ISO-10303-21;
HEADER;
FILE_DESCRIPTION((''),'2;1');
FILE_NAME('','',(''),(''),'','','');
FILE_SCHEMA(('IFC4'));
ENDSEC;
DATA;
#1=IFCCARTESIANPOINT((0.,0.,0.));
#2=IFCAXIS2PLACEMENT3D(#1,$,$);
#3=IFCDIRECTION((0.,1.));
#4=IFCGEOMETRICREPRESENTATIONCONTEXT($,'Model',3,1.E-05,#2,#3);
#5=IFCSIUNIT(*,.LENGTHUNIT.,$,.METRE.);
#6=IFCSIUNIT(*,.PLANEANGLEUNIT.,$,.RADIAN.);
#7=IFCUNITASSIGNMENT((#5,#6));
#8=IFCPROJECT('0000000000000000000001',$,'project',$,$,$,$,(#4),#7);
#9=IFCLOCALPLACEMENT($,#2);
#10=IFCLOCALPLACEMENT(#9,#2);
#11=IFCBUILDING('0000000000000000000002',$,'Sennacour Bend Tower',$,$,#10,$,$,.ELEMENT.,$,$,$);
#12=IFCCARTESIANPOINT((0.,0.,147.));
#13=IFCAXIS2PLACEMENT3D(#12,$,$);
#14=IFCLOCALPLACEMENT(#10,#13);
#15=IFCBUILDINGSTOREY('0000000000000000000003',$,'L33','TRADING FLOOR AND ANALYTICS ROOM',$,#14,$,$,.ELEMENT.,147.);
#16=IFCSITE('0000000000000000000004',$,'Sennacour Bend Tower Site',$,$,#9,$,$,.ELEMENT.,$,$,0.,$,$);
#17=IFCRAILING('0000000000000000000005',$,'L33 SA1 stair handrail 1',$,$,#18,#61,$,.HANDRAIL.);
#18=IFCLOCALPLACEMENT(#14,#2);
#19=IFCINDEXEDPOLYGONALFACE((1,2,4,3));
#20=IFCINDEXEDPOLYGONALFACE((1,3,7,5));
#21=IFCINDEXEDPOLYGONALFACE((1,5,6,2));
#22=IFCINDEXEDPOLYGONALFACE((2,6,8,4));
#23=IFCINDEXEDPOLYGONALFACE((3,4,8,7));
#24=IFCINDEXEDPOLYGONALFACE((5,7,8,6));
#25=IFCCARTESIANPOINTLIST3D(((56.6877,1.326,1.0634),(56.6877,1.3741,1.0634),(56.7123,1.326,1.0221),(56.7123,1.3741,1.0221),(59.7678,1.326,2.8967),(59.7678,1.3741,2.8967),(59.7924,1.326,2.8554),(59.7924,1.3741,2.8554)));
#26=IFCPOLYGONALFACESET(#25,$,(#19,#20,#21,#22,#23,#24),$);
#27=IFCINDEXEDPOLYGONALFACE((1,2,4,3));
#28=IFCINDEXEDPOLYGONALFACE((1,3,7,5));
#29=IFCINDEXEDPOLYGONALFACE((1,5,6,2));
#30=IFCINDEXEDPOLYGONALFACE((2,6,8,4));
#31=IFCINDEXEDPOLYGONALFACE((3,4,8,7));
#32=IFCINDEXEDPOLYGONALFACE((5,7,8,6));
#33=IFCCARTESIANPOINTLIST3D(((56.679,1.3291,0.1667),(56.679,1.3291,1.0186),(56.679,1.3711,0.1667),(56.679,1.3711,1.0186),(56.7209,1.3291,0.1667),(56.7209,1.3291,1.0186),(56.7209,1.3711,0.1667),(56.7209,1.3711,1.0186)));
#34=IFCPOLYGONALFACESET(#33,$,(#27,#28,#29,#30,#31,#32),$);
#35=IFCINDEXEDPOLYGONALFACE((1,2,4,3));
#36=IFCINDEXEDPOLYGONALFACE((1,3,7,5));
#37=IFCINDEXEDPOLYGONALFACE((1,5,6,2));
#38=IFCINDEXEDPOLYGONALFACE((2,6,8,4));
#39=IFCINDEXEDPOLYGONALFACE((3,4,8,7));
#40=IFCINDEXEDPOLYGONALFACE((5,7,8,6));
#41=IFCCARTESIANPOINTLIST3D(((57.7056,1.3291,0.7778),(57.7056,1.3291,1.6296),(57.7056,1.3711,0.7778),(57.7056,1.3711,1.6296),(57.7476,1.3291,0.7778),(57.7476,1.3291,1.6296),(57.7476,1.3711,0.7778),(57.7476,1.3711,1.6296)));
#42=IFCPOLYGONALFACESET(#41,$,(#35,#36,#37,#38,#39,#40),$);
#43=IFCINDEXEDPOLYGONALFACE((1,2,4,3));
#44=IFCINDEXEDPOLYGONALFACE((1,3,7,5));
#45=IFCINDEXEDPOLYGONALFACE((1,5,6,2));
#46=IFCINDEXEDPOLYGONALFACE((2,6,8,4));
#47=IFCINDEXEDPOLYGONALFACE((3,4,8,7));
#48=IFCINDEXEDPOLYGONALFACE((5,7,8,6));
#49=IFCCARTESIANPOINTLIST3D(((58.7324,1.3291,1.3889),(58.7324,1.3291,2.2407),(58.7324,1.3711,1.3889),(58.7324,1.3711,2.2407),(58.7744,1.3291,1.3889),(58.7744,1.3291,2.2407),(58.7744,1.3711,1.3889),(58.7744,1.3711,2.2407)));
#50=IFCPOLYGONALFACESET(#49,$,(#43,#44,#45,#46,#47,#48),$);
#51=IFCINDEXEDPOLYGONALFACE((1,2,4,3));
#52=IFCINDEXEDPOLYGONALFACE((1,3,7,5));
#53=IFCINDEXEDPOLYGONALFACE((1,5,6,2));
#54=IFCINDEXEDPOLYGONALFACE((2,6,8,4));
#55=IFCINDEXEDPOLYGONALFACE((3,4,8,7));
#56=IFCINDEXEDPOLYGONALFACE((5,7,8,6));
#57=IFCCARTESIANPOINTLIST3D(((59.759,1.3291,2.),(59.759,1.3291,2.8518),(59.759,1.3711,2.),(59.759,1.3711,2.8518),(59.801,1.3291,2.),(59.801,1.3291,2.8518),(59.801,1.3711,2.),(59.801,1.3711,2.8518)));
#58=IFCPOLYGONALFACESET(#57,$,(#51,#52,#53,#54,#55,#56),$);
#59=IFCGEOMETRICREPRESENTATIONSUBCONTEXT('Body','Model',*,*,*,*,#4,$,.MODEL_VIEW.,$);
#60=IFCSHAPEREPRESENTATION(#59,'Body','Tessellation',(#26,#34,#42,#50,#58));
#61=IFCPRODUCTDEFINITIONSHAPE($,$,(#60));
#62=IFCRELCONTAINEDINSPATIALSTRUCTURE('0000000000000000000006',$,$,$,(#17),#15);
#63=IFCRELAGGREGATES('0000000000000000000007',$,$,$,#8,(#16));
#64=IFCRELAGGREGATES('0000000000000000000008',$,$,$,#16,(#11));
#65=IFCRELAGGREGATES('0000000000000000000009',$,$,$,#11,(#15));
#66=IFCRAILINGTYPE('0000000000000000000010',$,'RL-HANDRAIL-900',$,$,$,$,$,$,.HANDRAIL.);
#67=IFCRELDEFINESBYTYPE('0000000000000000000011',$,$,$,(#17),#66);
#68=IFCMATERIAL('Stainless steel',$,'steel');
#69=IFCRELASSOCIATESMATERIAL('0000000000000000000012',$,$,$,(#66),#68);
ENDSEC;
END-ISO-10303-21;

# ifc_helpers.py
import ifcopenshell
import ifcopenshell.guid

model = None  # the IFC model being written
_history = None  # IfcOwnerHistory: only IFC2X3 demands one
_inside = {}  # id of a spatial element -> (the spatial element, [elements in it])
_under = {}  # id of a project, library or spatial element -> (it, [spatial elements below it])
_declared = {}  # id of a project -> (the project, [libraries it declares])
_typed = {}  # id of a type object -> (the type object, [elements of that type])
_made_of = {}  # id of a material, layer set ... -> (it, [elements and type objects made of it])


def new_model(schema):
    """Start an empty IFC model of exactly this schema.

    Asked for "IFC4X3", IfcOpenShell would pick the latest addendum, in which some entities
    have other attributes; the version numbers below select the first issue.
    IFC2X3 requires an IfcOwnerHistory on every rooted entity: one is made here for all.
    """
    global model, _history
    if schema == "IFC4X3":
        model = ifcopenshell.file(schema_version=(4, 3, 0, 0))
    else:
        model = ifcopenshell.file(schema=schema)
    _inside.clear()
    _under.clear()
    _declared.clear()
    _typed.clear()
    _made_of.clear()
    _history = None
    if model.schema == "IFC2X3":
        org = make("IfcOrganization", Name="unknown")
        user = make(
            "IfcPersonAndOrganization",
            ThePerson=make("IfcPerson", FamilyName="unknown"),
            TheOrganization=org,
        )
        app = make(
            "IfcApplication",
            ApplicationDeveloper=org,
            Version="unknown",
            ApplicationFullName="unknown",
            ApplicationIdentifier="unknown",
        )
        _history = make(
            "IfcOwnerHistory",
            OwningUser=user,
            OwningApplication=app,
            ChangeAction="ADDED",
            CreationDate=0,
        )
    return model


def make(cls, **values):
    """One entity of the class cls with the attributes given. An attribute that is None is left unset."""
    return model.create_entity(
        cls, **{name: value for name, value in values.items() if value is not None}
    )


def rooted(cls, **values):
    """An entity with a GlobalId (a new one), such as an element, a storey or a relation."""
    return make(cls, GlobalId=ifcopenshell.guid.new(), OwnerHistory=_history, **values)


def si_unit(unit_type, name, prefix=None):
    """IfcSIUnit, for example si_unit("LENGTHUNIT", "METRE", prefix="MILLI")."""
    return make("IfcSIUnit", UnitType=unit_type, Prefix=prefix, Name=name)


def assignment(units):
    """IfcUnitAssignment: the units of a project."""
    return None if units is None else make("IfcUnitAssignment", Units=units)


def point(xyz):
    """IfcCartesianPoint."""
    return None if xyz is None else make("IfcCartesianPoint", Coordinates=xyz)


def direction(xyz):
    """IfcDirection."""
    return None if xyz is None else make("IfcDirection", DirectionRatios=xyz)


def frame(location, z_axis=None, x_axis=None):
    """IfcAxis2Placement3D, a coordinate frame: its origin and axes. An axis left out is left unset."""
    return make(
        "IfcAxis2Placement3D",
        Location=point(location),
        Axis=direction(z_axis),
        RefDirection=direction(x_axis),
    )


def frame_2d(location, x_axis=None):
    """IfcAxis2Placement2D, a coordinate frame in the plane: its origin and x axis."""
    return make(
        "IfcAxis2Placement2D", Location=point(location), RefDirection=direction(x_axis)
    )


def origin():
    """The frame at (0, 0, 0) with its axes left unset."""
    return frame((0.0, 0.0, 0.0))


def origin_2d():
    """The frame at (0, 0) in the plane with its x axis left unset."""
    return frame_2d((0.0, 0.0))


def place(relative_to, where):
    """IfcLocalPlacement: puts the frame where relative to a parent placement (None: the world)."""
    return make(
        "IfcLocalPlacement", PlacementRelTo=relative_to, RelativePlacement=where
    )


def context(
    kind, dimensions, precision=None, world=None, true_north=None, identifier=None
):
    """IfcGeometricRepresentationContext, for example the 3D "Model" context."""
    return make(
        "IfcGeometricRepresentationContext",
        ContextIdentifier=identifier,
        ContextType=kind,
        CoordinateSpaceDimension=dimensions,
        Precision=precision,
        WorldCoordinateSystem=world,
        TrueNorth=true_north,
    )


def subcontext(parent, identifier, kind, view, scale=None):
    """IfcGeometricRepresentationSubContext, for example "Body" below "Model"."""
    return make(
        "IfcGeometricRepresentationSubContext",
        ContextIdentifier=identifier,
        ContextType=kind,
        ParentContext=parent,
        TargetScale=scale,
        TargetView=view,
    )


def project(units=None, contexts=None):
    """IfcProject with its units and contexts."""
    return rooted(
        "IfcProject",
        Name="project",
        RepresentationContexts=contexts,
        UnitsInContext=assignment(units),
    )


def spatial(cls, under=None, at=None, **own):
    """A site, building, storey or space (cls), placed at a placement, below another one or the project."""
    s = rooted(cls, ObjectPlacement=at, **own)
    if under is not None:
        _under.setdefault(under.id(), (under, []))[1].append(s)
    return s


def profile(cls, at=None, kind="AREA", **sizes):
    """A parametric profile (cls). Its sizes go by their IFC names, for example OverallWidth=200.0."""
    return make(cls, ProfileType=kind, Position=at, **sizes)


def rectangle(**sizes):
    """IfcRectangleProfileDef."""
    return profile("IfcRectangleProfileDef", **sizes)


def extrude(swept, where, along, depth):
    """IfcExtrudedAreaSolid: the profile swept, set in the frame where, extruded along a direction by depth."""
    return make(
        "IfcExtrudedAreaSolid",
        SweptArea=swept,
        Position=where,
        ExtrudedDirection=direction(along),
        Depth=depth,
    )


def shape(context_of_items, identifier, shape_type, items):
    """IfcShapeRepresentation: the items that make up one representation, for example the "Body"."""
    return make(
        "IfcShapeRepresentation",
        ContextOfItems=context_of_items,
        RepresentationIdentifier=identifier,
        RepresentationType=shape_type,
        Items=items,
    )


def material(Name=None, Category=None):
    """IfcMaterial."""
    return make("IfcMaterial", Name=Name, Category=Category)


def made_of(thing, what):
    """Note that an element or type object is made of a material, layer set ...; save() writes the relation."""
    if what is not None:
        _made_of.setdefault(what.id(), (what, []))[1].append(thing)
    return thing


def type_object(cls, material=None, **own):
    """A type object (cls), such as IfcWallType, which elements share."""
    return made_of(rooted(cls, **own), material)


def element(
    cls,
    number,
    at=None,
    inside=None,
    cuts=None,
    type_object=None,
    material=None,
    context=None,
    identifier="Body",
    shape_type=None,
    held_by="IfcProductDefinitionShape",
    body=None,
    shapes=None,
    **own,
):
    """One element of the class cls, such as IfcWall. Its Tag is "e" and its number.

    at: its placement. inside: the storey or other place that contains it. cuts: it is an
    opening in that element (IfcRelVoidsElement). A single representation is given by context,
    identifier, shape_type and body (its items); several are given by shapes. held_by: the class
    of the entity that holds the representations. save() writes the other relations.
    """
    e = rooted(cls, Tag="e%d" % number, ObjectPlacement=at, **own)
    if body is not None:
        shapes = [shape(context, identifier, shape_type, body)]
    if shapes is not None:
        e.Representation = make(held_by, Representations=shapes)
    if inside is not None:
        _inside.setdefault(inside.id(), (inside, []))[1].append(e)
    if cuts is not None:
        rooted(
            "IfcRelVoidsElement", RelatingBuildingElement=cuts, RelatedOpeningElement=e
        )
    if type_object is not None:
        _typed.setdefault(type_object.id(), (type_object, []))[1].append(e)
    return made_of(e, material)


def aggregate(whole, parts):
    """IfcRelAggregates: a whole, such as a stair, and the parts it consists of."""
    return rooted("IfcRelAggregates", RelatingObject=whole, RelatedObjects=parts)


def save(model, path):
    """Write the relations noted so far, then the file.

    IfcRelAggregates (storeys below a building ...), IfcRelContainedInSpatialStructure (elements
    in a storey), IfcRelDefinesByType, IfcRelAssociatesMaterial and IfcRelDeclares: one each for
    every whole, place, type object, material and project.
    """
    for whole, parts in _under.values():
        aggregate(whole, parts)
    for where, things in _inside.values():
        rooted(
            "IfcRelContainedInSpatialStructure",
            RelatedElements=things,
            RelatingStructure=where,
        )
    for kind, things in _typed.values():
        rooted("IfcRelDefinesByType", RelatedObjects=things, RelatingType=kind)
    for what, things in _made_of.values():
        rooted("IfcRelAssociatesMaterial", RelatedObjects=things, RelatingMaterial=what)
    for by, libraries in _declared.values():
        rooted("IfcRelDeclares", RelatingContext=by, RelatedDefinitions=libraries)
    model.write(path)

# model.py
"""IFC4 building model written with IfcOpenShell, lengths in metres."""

from ifc_helpers import new_model, si_unit, direction, frame, origin, origin_2d, place, context, subcontext, project, spatial, rectangle, extrude, material, type_object, element, save


model = new_model("IFC4")

# Units and contexts
model_context = context("Model", 3, precision=1e-05, world=origin(), true_north=direction((0.0, 1.0)))
body_context = subcontext(model_context, "Body", "Model", "MODEL_VIEW")
ifc_project = project(units=[si_unit("LENGTHUNIT", "METRE"), si_unit("PLANEANGLEUNIT", "RADIAN")], contexts=[model_context])

# Site, building, storey
site_placement = place(None, origin())
site = spatial("IfcSite", under=ifc_project, at=site_placement, Name="Sennacour Bend Tower Site", CompositionType="ELEMENT", RefElevation=0.0)
building_placement = place(site_placement, origin())
building = spatial("IfcBuilding", under=site, at=building_placement, Name="Sennacour Bend Tower", CompositionType="ELEMENT")
storey_placement = place(building_placement, frame((0.0, 0.0, 147.0)))
storey = spatial("IfcBuildingStorey", under=building, at=storey_placement, Name="L33", Description="TRADING FLOOR AND ANALYTICS ROOM", CompositionType="ELEMENT", Elevation=147.0)

# Shared definitions
ifc_material_1 = material(Name="Stainless steel", Category="steel")

# Railing
railing_type_1 = type_object("IfcRailingType", Name="RL-HANDRAIL-900", PredefinedType="HANDRAIL", material=ifc_material_1)
railing_1_placement = place(storey_placement, frame((56.7, 1.3501, 0.1667)))
element("IfcRailing", 1, at=railing_1_placement, inside=storey, type_object=railing_type_1, Name="L33 SA1 stair handrail 1", PredefinedType="HANDRAIL", context=body_context, shape_type="SweptSolid", body=[
    extrude(rectangle(XDim=0.0481, YDim=0.0481, at=origin_2d()), frame((0.0, 0.0, 0.876), z_axis=(0.859309, 0.0, 0.511458), x_axis=(0.0, 1.0, 0.0)), (0.0, 0.0, 1.0), 3.5845),
    extrude(rectangle(XDim=0.042, YDim=0.042, at=origin_2d()), origin(), (0.0, 0.0, 1.0), 0.8518),
    extrude(rectangle(XDim=0.042, YDim=0.042, at=origin_2d()), frame((1.0266, 0.0, 0.6111)), (0.0, 0.0, 1.0), 0.8518),
    extrude(rectangle(XDim=0.042, YDim=0.042, at=origin_2d()), frame((2.0535, 0.0, 1.2222)), (0.0, 0.0, 1.0), 0.8518),
    extrude(rectangle(XDim=0.042, YDim=0.042, at=origin_2d()), frame((3.0801, 0.0, 1.8333)), (0.0, 0.0, 1.0), 0.8518),
])

save(model, "model.ifc")
